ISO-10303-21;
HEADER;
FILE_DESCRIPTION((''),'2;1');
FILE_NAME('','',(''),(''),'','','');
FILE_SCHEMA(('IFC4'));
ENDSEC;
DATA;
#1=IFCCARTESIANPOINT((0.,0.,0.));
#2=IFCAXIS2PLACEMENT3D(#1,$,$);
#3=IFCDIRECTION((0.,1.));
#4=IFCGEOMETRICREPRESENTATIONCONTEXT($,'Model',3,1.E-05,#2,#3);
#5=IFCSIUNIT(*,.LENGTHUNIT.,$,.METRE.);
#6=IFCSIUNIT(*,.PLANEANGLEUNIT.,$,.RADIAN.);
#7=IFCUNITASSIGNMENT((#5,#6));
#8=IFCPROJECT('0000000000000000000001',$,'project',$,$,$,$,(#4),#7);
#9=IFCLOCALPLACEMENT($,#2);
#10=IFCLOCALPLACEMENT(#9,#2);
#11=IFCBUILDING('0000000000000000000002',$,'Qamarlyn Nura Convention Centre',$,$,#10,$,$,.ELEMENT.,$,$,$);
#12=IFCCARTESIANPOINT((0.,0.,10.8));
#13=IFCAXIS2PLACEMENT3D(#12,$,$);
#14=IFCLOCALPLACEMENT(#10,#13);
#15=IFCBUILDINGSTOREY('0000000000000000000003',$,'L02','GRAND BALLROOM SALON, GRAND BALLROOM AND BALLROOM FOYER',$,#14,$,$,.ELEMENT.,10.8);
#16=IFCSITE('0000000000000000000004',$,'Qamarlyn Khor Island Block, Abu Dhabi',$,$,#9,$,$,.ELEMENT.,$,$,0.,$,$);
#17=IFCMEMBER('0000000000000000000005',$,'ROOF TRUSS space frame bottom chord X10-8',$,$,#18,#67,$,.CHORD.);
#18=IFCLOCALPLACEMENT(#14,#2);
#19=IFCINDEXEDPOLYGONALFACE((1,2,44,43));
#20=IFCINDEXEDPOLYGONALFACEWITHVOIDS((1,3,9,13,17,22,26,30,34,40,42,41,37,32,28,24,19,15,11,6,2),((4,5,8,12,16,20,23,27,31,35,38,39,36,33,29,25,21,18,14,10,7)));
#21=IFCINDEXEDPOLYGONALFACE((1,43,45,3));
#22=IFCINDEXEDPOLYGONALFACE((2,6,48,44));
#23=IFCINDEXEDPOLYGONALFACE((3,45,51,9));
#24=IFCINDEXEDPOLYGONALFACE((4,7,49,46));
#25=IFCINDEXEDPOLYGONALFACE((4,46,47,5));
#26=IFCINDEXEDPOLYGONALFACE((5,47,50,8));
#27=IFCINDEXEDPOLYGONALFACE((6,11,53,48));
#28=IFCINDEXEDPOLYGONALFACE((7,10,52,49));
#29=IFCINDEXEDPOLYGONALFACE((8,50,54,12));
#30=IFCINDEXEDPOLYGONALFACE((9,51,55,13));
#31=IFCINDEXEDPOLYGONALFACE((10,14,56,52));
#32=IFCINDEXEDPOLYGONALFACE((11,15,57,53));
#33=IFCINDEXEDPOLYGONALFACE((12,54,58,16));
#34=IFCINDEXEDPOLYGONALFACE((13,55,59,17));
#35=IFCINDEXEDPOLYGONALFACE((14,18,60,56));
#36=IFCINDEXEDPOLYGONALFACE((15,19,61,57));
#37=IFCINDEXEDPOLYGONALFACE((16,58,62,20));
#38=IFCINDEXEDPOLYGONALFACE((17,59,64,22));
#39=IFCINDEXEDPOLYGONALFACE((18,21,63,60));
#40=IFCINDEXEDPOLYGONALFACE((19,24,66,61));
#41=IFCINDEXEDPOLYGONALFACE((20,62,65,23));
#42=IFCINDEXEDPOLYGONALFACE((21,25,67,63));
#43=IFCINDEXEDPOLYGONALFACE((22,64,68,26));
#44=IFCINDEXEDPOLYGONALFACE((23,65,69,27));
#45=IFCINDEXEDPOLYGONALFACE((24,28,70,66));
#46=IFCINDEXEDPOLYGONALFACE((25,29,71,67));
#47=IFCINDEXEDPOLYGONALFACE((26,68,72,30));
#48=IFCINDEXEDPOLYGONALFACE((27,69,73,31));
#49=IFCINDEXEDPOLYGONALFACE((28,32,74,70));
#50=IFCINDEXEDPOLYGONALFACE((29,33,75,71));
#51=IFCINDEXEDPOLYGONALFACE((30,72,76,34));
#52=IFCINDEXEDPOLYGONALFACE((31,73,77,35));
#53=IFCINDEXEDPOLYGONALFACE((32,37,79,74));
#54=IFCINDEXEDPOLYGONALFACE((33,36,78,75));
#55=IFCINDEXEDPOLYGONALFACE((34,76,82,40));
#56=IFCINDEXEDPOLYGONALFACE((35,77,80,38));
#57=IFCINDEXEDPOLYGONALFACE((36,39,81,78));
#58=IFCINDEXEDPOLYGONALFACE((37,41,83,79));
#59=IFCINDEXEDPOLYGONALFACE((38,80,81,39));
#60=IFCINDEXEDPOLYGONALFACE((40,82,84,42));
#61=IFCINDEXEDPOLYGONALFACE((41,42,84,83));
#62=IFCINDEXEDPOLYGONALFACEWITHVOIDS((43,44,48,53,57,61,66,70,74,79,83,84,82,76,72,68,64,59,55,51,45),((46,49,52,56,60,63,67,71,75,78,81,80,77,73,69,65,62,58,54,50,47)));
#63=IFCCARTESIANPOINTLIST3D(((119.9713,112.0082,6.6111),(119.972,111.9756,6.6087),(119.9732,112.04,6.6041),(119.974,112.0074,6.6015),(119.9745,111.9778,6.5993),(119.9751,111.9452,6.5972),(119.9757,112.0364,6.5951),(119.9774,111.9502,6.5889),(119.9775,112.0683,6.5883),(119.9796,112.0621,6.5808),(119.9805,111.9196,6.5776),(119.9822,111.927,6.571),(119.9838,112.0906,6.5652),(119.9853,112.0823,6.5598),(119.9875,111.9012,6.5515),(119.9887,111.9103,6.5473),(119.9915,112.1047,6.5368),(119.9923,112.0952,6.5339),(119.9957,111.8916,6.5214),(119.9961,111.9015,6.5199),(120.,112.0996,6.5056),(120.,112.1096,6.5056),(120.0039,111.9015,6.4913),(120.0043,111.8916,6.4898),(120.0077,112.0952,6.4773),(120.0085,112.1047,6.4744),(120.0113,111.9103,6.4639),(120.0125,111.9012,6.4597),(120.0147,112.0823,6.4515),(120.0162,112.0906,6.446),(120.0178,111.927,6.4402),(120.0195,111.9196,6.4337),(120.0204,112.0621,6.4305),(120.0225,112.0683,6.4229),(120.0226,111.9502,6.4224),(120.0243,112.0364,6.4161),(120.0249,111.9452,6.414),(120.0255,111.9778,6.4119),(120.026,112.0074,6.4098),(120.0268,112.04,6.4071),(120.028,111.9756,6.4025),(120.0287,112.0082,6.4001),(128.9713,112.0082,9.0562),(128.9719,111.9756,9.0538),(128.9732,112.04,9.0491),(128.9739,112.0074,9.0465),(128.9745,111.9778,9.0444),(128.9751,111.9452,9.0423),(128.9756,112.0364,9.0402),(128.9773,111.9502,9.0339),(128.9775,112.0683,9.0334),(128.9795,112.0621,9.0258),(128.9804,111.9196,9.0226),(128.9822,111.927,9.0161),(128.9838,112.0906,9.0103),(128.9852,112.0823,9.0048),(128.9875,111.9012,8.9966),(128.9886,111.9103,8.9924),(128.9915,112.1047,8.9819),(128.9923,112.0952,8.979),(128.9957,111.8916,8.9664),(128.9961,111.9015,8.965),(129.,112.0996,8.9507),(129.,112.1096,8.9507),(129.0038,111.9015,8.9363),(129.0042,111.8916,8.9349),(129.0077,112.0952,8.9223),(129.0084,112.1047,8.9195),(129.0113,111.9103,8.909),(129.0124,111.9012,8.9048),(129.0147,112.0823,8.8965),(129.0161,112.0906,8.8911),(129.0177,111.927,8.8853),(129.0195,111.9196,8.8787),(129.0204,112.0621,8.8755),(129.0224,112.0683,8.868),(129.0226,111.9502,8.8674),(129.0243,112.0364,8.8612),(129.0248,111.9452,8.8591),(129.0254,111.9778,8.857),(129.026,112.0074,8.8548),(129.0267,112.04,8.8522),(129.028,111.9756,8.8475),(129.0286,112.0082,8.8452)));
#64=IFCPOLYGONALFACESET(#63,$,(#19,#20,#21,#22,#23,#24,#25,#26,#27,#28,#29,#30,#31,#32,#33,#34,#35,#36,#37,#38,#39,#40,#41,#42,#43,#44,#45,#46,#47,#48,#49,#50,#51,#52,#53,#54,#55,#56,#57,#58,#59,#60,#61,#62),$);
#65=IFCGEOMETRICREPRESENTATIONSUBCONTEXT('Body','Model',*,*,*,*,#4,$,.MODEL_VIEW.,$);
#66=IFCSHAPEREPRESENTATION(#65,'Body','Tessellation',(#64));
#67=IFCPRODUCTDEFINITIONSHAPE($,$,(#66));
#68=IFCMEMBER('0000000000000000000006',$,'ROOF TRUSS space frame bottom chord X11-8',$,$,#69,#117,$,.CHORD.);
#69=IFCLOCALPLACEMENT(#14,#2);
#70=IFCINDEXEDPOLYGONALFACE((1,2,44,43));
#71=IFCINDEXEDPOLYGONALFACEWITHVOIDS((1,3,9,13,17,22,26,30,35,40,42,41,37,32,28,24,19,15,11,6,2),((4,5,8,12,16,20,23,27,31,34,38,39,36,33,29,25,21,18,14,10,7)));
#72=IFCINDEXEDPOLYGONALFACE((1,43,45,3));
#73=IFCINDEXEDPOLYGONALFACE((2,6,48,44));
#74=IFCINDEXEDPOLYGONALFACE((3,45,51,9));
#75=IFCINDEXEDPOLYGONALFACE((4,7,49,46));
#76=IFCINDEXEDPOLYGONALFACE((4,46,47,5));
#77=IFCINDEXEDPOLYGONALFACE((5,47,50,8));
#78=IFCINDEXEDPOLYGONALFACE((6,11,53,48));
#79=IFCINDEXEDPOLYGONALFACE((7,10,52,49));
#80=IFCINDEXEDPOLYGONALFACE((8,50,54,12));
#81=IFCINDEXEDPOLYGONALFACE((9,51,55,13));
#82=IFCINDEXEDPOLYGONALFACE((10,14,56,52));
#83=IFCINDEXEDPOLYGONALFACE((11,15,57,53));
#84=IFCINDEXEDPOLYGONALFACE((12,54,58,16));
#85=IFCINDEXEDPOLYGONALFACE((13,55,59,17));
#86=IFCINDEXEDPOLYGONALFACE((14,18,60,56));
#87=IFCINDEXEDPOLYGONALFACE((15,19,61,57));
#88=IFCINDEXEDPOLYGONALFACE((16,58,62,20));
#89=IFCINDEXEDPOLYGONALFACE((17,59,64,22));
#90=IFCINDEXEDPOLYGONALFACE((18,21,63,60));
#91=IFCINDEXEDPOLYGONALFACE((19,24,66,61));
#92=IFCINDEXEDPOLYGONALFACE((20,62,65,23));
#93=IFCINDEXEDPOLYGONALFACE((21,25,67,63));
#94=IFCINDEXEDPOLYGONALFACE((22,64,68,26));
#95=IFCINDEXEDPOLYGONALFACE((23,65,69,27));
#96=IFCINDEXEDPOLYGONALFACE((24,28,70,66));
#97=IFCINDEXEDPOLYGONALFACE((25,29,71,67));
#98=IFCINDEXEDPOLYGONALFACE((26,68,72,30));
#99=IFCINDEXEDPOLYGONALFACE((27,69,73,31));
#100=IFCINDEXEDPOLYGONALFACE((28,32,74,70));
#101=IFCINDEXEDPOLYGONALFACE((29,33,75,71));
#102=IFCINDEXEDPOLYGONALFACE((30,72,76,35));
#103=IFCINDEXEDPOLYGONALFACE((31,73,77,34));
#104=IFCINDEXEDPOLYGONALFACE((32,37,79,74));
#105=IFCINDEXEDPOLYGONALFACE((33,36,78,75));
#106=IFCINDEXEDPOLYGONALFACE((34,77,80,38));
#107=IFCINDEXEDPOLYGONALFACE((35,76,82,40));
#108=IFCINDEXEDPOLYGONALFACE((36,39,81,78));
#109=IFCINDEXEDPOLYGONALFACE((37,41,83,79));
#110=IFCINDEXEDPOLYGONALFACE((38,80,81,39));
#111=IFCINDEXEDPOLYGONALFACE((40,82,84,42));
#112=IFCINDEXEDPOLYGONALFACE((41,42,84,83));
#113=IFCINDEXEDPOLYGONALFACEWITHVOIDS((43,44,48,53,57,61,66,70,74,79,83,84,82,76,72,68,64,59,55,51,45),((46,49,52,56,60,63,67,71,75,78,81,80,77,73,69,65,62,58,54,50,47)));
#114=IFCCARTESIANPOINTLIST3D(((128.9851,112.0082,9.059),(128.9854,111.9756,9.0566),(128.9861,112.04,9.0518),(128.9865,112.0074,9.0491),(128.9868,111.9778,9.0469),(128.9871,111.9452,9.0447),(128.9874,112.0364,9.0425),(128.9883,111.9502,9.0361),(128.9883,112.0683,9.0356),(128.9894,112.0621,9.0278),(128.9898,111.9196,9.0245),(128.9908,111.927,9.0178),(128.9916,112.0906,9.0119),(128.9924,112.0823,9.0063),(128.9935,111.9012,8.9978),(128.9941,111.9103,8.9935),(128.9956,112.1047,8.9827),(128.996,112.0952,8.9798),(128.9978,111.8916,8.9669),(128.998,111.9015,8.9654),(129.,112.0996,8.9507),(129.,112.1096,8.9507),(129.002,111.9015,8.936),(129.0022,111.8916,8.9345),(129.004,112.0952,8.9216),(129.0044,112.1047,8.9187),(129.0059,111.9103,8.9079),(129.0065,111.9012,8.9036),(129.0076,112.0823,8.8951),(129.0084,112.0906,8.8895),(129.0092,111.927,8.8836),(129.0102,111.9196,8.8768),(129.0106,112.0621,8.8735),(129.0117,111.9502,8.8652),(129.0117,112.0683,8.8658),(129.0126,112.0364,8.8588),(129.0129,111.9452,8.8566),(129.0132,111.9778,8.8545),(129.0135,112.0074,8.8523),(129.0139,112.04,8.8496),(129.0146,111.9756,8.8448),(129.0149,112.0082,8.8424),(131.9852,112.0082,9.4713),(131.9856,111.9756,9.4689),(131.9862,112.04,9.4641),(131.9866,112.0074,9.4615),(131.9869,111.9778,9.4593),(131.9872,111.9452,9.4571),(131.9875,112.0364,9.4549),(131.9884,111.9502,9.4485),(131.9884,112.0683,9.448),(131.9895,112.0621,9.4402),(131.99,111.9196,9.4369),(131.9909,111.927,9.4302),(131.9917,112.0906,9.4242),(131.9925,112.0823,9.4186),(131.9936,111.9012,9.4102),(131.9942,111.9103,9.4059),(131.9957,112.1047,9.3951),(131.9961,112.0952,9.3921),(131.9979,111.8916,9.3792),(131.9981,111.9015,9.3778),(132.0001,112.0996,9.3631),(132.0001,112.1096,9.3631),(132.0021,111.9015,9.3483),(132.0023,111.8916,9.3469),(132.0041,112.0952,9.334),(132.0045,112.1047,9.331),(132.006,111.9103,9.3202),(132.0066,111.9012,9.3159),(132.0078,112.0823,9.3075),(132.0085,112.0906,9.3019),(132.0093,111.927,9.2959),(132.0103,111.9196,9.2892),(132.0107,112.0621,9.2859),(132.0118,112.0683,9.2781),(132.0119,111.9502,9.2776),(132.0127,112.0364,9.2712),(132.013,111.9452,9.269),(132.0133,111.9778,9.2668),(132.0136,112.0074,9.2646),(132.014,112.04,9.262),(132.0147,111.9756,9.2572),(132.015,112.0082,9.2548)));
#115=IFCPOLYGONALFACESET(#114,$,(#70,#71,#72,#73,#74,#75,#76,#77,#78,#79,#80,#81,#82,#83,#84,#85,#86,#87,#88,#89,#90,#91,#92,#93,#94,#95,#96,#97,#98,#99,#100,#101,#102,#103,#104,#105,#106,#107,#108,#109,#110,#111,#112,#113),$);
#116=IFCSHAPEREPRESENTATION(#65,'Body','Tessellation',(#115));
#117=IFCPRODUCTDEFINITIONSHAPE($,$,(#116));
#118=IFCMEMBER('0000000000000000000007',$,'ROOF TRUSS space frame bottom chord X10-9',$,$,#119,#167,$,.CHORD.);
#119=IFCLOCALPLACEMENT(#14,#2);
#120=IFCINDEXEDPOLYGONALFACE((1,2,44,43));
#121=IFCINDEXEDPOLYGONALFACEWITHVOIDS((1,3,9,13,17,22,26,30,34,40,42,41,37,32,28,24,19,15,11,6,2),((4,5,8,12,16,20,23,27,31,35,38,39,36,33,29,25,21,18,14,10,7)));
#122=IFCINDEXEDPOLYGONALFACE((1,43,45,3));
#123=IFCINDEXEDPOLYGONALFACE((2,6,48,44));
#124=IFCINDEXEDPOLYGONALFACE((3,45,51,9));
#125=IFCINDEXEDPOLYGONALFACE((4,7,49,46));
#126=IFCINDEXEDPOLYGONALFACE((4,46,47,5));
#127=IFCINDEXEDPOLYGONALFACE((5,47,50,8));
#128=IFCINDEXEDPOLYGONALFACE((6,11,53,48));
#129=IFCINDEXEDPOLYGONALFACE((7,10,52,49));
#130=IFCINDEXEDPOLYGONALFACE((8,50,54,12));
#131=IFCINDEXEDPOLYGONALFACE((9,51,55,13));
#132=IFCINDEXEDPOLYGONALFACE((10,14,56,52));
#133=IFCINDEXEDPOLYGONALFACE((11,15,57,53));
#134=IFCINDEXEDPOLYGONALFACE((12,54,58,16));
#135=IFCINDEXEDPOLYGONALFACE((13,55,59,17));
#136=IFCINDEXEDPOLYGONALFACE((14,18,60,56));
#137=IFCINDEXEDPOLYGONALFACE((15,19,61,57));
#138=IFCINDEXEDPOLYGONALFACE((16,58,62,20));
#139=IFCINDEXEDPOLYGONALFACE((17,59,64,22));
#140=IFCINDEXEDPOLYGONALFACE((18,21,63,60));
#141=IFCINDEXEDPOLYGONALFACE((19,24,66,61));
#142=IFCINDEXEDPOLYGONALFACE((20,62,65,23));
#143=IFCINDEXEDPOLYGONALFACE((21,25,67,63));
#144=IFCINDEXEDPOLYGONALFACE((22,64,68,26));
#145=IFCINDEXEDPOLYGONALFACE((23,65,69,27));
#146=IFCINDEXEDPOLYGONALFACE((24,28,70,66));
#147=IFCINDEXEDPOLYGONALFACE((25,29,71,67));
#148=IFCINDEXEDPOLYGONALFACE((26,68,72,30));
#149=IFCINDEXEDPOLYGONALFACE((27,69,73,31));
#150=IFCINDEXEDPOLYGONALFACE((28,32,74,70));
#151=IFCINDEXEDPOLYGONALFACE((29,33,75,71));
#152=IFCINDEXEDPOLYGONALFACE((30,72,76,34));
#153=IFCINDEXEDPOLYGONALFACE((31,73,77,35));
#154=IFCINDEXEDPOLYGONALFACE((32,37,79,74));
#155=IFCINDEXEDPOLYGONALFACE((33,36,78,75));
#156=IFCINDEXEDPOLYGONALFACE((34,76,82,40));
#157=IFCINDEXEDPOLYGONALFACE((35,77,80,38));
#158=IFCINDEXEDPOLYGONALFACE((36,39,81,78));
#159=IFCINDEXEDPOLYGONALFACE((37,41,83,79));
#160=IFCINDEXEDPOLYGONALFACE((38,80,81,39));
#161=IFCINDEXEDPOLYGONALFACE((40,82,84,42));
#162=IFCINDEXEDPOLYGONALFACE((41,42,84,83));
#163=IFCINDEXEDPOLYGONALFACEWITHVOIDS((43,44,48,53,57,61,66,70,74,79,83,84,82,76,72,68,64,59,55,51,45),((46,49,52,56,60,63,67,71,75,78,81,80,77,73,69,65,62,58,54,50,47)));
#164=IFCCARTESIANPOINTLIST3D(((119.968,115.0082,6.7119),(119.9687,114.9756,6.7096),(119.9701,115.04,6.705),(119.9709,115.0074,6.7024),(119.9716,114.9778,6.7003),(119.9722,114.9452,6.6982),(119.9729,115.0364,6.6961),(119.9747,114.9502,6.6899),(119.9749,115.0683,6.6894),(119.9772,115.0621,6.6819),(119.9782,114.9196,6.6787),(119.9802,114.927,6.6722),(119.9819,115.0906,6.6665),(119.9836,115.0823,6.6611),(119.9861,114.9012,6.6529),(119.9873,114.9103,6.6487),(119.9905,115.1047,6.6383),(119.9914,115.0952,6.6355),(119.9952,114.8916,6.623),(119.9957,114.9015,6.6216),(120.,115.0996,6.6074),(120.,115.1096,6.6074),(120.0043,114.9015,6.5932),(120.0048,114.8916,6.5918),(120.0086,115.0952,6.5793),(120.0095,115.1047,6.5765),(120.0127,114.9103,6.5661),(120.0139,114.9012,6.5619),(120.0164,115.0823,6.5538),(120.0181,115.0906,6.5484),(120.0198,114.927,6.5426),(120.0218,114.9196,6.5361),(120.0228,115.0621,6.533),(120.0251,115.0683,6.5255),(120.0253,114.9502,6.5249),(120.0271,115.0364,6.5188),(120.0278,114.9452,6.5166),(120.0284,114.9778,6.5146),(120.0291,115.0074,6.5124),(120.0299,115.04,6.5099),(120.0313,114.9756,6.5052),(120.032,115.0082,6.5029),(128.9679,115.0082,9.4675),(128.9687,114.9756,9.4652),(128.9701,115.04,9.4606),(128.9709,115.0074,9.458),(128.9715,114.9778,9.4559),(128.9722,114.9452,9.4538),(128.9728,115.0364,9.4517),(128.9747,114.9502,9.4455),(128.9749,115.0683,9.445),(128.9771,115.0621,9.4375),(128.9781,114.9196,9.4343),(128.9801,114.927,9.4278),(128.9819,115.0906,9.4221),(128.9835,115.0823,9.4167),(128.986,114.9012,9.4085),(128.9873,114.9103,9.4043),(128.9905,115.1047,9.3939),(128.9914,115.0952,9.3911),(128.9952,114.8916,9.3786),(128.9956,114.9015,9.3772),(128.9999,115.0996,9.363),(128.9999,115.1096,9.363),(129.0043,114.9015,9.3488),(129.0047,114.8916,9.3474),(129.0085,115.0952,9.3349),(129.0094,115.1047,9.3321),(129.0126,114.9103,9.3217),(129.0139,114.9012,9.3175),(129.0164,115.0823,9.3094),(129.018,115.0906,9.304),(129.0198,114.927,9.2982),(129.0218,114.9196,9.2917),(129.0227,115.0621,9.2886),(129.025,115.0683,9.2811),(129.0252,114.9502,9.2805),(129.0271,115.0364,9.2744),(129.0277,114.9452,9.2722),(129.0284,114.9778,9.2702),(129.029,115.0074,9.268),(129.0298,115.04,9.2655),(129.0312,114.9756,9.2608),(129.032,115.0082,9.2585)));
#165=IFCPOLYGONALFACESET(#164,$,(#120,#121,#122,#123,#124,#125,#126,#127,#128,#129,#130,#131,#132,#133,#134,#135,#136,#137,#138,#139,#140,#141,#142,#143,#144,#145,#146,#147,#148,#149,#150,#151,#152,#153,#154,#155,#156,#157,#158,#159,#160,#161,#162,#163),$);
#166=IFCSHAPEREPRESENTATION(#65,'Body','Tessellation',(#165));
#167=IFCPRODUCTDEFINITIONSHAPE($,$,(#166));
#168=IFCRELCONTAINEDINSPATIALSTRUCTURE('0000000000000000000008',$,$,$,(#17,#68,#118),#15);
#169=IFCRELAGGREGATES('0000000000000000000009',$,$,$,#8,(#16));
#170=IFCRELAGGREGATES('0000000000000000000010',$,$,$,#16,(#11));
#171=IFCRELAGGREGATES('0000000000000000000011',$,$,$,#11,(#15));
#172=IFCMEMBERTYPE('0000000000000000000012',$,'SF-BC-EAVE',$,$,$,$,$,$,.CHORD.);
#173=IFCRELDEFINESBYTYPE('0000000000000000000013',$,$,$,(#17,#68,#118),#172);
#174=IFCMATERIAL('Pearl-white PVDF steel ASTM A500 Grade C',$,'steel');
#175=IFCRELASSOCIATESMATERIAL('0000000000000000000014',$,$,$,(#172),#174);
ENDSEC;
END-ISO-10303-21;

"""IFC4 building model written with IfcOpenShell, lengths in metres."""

from ifc_helpers import new_model, si_unit, direction, frame, origin, origin_2d, place, context, subcontext, project, spatial, hollow_circle, extrude, material, material_profile, profile_set, type_object, element, save


model = new_model("IFC4")

# Units and contexts
model_context = context("Model", 3, precision=1e-05, world=origin(), true_north=direction((0.0, 1.0)))
body_context = subcontext(model_context, "Body", "Model", "MODEL_VIEW")
ifc_project = project(units=[si_unit("LENGTHUNIT", "METRE"), si_unit("PLANEANGLEUNIT", "RADIAN")], contexts=[model_context])

# Site, building, storey
site_placement = place(None, origin())
site = spatial("IfcSite", under=ifc_project, at=site_placement, Name="Qamarlyn Khor Island Block, Abu Dhabi", CompositionType="ELEMENT", RefElevation=0.0)
building_placement = place(site_placement, origin())
building = spatial("IfcBuilding", under=site, at=building_placement, Name="Qamarlyn Nura Convention Centre", CompositionType="ELEMENT")
storey_placement = place(building_placement, frame((0.0, 0.0, 10.8)))
storey = spatial("IfcBuildingStorey", under=building, at=storey_placement, Name="L02", Description="GRAND BALLROOM SALON, GRAND BALLROOM AND BALLROOM FOYER", CompositionType="ELEMENT", Elevation=10.8)

# Members
ifc_material_1 = material(Name="Pearl-white PVDF steel ASTM A500 Grade C", Category="steel")
ifc_material_profile_1 = material_profile(ifc_material_1, hollow_circle(Radius=0.1096, WallThickness=0.01, at=origin_2d()), Name="CHS219.1X10")
ifc_profile_set_1 = profile_set([ifc_material_profile_1], Name="Pearl-white PVDF steel ASTM A500 Grade C")
member_type_1 = type_object("IfcMemberType", Name="SF-BC-EAVE", PredefinedType="CHORD", material=ifc_profile_set_1)
member_1_placement = place(storey_placement, frame((120.0, 112.0, 6.5056), z_axis=(0.965021, 0.0, 0.262171), x_axis=(0.0, 1.0, 0.0)))
element("IfcMember", 1, at=member_1_placement, inside=storey, type_object=member_type_1, Name="ROOF TRUSS space frame bottom chord X10-8", PredefinedType="CHORD", context=body_context, shape_type="SweptSolid", body=[
    extrude(hollow_circle(Radius=0.1096, WallThickness=0.01, at=origin_2d()), origin(), (0.0, 0.0, 1.0), 9.3262),
])
member_2_placement = place(storey_placement, frame((129.0, 112.0, 8.9507), z_axis=(0.990685, 0.0, 0.136171), x_axis=(0.0, 1.0, 0.0)))
element("IfcMember", 2, at=member_2_placement, inside=storey, type_object=member_type_1, Name="ROOF TRUSS space frame bottom chord X11-8", PredefinedType="CHORD", context=body_context, shape_type="SweptSolid", body=[
    extrude(hollow_circle(Radius=0.1096, WallThickness=0.01, at=origin_2d()), origin(), (0.0, 0.0, 1.0), 3.0283),
])
member_3_placement = place(storey_placement, frame((120.0, 115.0, 6.6074), z_axis=(0.956185, 0.0, 0.292764), x_axis=(0.0, 1.0, 0.0)))
element("IfcMember", 3, at=member_3_placement, inside=storey, type_object=member_type_1, Name="ROOF TRUSS space frame bottom chord X10-9", PredefinedType="CHORD", context=body_context, shape_type="SweptSolid", body=[
    extrude(hollow_circle(Radius=0.1096, WallThickness=0.01, at=origin_2d()), origin(), (0.0, 0.0, 1.0), 9.4124),
])

save(model, "model.ifc")
